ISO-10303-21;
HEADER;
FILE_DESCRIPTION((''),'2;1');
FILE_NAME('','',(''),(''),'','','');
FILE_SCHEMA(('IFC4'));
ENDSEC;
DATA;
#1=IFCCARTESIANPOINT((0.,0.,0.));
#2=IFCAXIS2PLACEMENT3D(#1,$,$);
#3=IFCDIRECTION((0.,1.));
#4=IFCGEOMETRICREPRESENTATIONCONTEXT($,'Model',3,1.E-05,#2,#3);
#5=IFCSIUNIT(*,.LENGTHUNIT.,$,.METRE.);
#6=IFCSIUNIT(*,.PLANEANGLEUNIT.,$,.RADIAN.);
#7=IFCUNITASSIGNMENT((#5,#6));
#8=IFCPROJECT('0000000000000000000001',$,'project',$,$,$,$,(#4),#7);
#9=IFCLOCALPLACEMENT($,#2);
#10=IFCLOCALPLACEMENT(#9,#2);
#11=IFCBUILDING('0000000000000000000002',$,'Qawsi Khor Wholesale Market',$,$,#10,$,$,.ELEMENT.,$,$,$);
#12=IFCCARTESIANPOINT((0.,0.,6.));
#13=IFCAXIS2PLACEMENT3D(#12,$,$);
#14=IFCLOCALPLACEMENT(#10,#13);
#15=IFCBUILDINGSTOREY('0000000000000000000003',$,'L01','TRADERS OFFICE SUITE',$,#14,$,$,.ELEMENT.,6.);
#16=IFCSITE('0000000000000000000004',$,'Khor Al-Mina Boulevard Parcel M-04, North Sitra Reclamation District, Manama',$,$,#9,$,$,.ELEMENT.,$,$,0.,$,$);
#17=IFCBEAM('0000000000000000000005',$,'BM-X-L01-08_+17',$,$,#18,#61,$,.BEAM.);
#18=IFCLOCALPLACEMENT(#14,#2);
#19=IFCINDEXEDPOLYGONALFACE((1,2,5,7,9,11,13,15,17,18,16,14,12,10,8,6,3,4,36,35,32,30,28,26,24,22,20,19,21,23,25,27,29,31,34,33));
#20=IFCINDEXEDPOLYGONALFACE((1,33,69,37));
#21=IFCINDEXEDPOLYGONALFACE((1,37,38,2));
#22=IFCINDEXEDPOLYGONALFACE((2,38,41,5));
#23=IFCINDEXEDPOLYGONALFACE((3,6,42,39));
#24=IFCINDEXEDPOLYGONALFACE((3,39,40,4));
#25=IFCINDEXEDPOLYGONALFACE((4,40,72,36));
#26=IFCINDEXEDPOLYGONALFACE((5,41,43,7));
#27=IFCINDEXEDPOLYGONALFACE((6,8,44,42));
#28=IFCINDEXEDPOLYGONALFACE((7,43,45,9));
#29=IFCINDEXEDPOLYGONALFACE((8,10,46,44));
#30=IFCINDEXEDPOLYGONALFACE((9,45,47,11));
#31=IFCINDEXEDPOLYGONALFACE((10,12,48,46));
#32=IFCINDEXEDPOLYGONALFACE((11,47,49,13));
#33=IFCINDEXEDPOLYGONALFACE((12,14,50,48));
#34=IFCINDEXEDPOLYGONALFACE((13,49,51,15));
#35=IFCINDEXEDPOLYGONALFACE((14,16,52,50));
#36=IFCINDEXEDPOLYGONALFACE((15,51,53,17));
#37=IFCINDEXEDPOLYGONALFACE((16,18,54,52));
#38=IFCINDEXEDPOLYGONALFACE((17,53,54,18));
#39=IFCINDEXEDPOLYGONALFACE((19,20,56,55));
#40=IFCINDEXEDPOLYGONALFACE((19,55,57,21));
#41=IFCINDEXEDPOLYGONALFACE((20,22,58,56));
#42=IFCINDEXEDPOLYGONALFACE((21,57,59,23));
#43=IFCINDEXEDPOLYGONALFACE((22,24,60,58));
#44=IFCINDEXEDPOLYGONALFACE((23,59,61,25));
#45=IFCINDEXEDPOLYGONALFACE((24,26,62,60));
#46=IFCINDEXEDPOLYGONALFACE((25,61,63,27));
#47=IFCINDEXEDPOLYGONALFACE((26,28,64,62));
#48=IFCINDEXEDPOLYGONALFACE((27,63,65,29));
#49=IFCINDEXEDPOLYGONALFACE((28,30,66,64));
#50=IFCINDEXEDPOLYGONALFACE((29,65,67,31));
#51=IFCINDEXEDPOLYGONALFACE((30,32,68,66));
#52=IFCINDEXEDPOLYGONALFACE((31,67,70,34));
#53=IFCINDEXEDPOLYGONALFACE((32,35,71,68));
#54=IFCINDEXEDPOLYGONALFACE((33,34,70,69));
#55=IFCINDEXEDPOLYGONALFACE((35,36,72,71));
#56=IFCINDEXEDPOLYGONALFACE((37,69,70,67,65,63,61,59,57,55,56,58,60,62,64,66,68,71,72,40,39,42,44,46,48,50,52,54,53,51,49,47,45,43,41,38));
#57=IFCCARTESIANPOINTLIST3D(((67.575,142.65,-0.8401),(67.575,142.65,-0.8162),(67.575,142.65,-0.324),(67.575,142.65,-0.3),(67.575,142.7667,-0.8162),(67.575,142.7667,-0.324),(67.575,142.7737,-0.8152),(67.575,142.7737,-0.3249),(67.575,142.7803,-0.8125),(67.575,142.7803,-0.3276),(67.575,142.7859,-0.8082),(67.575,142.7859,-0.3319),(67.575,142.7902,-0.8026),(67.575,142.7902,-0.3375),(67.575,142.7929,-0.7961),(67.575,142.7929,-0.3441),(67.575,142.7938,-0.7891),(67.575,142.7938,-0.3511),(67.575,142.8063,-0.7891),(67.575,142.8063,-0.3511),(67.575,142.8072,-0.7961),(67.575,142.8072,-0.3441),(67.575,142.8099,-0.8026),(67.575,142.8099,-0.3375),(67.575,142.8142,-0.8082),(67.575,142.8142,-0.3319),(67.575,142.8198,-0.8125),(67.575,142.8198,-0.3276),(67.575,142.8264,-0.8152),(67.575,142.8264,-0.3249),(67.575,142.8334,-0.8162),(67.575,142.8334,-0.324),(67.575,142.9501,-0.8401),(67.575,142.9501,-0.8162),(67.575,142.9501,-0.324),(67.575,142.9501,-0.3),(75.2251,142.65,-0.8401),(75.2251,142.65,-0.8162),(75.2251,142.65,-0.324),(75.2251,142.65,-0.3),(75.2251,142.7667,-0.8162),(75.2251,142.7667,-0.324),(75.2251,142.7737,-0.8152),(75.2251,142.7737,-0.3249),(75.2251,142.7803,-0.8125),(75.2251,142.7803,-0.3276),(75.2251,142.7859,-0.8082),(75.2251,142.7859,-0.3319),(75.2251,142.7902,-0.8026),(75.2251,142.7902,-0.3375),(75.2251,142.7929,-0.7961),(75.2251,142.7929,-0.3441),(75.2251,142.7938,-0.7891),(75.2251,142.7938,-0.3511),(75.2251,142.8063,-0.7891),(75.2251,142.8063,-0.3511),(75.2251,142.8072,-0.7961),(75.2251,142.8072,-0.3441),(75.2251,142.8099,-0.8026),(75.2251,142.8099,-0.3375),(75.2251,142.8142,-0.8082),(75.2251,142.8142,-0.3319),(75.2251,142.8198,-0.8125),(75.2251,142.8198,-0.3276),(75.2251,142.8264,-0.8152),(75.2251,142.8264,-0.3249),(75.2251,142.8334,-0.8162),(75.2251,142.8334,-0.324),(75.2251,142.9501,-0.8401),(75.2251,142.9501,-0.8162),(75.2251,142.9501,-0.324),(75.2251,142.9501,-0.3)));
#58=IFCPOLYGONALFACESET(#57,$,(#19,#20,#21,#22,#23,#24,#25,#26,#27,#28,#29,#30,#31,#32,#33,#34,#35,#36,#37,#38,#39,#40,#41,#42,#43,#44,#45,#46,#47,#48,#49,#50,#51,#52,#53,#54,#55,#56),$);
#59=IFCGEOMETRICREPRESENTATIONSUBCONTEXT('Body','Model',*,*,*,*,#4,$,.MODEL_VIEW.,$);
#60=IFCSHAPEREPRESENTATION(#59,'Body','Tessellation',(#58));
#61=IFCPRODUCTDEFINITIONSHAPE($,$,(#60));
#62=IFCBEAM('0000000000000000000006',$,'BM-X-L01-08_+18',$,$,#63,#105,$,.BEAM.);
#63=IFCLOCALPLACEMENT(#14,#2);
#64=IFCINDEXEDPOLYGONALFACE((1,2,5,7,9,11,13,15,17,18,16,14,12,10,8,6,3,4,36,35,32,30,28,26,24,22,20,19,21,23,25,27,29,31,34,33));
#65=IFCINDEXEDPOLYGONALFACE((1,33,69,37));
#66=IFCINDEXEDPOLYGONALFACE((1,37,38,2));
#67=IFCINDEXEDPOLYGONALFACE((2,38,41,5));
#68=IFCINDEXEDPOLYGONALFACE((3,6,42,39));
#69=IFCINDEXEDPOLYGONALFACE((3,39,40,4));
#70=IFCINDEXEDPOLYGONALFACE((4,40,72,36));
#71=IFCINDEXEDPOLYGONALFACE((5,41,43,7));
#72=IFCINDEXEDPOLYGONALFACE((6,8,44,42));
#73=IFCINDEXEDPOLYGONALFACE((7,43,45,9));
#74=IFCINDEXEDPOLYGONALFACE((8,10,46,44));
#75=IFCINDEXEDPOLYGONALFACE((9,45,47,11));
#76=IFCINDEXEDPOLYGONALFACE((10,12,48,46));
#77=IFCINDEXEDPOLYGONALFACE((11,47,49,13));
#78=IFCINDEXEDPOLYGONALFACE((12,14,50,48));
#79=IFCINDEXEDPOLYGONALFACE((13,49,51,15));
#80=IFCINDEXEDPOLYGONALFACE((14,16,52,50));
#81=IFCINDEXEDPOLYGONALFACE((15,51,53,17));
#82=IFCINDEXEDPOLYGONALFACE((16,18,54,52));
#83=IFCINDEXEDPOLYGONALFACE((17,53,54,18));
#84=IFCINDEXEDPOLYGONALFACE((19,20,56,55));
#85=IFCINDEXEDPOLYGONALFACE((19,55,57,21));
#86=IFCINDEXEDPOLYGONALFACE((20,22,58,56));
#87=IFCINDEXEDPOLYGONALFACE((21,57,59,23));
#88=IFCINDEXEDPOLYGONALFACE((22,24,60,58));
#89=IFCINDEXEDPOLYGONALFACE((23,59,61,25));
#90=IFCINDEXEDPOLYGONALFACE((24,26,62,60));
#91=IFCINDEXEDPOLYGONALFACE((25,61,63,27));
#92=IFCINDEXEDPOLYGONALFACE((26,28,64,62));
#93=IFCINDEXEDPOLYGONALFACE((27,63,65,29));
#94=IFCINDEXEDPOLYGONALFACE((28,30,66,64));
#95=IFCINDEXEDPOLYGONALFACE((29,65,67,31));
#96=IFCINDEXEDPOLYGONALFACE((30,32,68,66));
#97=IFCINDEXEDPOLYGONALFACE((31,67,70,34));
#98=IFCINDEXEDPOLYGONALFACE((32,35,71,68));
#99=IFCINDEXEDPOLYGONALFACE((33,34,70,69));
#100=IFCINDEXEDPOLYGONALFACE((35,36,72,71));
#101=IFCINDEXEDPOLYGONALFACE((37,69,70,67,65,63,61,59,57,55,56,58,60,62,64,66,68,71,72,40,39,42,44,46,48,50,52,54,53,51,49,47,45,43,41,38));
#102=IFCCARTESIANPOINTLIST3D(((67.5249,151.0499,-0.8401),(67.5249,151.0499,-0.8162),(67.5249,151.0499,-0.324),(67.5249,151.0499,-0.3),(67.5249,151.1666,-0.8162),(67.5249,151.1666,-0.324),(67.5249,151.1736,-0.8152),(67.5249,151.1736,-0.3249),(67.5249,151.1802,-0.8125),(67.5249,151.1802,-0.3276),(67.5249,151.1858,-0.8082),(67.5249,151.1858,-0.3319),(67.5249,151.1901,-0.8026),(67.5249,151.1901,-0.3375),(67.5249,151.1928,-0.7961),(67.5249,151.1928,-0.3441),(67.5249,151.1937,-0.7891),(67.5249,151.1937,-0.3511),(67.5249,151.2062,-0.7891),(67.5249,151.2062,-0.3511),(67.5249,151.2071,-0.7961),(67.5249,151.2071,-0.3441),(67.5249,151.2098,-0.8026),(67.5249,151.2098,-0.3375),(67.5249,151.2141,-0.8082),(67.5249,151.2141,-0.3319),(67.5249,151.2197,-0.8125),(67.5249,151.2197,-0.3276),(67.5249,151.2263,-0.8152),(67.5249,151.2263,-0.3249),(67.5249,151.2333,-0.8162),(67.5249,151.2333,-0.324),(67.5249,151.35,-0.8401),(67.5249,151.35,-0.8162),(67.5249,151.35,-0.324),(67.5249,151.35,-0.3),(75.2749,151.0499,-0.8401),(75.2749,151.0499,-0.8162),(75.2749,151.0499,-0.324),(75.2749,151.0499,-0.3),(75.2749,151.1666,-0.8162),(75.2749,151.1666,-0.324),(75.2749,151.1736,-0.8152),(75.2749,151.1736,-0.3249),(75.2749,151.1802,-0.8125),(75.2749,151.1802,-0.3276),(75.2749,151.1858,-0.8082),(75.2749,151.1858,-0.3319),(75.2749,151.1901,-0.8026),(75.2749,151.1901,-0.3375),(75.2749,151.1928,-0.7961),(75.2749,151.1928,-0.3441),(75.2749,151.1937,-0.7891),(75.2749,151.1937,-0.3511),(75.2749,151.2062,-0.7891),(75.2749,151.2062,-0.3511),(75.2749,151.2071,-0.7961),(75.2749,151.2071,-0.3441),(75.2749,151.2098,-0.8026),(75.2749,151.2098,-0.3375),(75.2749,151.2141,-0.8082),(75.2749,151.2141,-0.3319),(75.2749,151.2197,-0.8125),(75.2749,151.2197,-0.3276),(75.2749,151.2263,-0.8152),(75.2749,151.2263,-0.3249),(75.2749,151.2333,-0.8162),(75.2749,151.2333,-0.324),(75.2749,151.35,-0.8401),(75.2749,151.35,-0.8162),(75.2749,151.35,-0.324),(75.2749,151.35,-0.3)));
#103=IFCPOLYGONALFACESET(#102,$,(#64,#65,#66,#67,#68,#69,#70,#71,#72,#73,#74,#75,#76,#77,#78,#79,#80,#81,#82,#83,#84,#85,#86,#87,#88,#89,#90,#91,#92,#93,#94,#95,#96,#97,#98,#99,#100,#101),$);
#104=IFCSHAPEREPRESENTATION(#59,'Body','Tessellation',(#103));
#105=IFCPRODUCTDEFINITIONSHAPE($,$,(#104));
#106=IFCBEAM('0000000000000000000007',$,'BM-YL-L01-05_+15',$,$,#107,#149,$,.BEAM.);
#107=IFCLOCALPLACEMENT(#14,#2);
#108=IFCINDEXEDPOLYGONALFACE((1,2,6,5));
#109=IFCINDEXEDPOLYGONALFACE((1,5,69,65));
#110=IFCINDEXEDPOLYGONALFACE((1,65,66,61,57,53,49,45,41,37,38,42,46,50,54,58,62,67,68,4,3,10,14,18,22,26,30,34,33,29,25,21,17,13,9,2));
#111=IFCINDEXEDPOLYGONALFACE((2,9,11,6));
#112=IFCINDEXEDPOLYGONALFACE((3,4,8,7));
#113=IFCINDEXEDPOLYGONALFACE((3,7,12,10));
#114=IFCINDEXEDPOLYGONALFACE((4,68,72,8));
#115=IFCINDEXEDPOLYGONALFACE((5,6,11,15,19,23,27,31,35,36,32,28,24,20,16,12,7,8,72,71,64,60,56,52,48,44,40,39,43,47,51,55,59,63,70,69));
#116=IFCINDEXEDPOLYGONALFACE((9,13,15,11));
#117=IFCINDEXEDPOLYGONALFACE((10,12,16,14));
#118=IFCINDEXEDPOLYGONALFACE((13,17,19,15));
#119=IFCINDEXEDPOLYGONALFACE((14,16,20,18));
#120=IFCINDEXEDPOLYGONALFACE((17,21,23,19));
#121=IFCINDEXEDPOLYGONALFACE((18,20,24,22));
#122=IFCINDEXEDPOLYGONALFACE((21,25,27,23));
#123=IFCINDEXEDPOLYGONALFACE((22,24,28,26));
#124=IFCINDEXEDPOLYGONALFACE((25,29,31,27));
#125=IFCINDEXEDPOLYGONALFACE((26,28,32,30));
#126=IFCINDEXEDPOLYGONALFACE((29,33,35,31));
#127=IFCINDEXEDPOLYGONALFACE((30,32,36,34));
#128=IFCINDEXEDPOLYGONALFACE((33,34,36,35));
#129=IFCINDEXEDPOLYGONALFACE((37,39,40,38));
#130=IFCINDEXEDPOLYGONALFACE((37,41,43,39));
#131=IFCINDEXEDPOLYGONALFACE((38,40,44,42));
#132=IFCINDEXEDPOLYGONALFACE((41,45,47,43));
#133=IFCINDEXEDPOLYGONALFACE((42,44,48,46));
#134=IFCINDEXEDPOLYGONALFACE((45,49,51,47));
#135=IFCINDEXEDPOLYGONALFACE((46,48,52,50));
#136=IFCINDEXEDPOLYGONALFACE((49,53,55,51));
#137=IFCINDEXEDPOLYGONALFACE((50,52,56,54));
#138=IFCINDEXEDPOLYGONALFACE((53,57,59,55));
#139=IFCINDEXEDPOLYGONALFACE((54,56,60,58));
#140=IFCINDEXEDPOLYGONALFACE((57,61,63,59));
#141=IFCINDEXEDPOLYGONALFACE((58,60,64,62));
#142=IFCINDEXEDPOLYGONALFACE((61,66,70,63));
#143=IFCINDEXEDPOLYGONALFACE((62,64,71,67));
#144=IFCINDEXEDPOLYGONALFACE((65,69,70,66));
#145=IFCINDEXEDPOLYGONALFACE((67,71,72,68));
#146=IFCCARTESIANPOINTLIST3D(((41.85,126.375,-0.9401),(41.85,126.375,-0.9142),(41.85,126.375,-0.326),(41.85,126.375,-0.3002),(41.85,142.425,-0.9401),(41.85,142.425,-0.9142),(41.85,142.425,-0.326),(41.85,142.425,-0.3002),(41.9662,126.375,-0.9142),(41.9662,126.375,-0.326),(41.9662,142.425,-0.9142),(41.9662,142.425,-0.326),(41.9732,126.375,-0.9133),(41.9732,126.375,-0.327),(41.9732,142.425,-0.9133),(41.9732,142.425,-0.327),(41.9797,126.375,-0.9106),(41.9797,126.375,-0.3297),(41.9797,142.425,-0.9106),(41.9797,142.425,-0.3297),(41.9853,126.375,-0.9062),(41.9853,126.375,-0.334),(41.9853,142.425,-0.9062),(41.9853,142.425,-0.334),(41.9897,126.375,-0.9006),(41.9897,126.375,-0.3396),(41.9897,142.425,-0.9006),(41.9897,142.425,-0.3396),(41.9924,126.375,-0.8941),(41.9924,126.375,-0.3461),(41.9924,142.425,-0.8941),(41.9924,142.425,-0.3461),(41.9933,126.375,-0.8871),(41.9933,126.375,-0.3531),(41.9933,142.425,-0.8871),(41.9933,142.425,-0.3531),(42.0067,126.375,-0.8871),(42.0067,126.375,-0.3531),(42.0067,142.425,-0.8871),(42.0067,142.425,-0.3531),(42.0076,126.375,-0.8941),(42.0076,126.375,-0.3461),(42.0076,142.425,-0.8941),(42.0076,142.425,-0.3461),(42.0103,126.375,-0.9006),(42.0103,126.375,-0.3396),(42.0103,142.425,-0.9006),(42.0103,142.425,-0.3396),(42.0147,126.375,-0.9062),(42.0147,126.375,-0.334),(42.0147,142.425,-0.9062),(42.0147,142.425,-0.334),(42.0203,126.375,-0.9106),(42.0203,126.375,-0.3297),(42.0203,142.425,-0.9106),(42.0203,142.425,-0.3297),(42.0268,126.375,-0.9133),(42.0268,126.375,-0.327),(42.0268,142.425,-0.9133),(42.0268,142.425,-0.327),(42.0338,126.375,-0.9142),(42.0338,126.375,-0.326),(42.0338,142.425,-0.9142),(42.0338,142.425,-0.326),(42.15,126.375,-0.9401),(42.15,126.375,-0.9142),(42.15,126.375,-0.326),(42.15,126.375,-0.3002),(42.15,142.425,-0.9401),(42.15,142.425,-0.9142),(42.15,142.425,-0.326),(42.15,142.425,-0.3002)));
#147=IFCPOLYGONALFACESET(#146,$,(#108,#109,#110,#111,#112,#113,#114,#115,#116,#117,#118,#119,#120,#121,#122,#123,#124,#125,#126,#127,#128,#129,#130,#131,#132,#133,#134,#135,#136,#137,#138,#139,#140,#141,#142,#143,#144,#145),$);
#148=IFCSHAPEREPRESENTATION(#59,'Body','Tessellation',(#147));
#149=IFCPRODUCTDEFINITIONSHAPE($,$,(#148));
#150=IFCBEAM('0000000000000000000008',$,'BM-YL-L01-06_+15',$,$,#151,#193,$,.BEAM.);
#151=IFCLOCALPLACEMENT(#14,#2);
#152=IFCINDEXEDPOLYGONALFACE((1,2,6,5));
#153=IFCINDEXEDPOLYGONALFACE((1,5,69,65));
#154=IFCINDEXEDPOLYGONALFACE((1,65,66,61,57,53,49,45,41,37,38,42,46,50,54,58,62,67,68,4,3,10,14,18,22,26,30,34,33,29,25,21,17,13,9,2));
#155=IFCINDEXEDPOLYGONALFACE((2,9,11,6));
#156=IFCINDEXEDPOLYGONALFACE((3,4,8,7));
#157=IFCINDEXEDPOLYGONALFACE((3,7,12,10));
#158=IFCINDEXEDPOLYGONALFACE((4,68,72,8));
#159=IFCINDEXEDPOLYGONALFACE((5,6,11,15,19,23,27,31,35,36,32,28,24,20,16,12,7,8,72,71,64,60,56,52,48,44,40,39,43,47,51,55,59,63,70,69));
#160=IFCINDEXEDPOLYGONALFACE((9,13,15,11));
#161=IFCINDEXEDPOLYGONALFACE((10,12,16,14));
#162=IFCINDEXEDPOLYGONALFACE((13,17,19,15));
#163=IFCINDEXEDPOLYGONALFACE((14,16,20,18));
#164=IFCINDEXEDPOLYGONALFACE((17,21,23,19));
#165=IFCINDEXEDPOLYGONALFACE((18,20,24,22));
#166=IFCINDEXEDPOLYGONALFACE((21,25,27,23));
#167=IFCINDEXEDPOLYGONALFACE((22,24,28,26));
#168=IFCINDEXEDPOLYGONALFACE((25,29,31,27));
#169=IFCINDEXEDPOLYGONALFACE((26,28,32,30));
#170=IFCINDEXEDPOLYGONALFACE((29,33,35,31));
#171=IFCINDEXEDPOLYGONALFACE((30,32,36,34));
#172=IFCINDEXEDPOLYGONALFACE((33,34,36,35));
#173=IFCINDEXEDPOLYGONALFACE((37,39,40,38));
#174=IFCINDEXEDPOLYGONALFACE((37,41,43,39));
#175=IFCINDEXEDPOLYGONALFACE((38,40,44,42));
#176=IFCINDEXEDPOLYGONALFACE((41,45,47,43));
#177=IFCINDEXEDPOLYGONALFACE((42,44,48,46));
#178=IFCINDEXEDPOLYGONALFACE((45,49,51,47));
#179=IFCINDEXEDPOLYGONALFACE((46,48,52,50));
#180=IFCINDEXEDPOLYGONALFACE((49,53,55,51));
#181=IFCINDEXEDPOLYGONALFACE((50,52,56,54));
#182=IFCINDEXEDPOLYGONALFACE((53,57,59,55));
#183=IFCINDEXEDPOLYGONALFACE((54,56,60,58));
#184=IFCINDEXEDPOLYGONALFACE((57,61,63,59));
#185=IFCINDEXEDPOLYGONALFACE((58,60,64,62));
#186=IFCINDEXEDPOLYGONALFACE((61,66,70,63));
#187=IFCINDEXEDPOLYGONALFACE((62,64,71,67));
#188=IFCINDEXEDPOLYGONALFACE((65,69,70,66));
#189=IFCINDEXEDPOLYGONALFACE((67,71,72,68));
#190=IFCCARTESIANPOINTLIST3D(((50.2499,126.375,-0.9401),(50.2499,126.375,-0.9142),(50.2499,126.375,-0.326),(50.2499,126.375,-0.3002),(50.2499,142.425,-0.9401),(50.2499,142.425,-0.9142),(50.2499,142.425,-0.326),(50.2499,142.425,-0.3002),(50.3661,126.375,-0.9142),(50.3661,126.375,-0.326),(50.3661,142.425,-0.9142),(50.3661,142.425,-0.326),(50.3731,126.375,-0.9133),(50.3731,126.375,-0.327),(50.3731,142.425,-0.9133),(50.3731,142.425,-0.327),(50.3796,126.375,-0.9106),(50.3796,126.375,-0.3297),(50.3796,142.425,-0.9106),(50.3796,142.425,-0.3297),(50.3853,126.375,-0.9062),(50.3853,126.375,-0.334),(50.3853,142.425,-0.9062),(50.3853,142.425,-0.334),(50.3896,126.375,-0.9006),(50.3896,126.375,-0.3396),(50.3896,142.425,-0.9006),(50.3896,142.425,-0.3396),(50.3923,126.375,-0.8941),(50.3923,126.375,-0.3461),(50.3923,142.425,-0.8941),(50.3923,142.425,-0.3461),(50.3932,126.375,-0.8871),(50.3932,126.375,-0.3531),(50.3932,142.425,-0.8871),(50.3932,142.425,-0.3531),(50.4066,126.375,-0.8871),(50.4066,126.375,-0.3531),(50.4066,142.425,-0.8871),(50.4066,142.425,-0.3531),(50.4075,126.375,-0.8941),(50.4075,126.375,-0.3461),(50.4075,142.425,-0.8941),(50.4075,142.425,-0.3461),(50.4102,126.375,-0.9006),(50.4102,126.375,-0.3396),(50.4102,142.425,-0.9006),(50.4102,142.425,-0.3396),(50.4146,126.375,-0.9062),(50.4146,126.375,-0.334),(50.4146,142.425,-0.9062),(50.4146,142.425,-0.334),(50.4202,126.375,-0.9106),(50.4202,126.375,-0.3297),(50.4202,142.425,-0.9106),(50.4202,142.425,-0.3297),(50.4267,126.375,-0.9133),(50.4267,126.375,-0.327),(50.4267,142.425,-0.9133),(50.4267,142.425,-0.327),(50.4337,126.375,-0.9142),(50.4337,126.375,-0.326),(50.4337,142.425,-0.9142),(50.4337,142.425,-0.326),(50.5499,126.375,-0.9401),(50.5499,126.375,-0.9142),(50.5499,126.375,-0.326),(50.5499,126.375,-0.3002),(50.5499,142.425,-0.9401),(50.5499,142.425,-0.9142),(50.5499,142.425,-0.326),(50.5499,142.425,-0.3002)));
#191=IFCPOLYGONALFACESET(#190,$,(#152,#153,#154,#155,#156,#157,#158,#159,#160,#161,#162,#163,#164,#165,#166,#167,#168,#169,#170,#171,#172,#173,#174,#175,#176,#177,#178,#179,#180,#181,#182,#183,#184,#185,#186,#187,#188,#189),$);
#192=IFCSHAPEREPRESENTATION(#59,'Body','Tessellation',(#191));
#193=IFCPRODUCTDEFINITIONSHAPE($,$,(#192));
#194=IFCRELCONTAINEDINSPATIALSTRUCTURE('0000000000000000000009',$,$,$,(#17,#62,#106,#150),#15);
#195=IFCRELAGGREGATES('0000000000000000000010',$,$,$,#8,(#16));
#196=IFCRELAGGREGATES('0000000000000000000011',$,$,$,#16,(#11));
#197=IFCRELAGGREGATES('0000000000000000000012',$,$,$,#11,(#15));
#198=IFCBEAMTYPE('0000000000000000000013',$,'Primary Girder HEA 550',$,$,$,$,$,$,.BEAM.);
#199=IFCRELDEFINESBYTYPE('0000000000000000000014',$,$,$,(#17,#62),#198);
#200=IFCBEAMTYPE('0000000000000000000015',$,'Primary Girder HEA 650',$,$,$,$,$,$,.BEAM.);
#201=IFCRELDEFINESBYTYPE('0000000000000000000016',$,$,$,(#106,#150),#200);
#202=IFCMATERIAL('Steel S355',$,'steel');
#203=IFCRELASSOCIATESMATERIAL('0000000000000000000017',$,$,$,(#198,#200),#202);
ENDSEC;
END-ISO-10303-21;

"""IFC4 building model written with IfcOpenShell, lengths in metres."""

from ifc_helpers import new_model, si_unit, direction, frame, origin, origin_2d, place, context, subcontext, project, spatial, i_section, extrude, material, material_profile, profile_set, type_object, element, save


model = new_model("IFC4")

# Units and contexts
model_context = context("Model", 3, precision=1e-05, world=origin(), true_north=direction((0.0, 1.0)))
body_context = subcontext(model_context, "Body", "Model", "MODEL_VIEW")
ifc_project = project(units=[si_unit("LENGTHUNIT", "METRE"), si_unit("PLANEANGLEUNIT", "RADIAN")], contexts=[model_context])

# Site, building, storey
site_placement = place(None, origin())
site = spatial("IfcSite", under=ifc_project, at=site_placement, Name="Khor Al-Mina Boulevard Parcel M-04, North Sitra Reclamation District, Manama", CompositionType="ELEMENT", RefElevation=0.0)
building_placement = place(site_placement, origin())
building = spatial("IfcBuilding", under=site, at=building_placement, Name="Qawsi Khor Wholesale Market", CompositionType="ELEMENT")
storey_placement = place(building_placement, frame((0.0, 0.0, 6.0)))
storey = spatial("IfcBuildingStorey", under=building, at=storey_placement, Name="L01", Description="TRADERS OFFICE SUITE", CompositionType="ELEMENT", Elevation=6.0)

# Beams
ifc_material_1 = material(Name="Steel S355", Category="steel")
ifc_material_profile_1 = material_profile(ifc_material_1, i_section(OverallWidth=0.3, OverallDepth=0.54, WebThickness=0.0125, FlangeThickness=0.0239, FilletRadius=0.0271, at=origin_2d()), Name="HEA 550")
ifc_profile_set_1 = profile_set([ifc_material_profile_1], Name="Steel S355")
beam_type_1 = type_object("IfcBeamType", Name="Primary Girder HEA 550", PredefinedType="BEAM", material=ifc_profile_set_1)
for number, where, z_axis, x_axis, name in (
    (1, (67.575, 142.8, -0.5701), (1.0, 0.0, 0.0), (0.0, 1.0, 0.0), "BM-X-L01-08_+17"),
):
    element("IfcBeam", number, at=place(storey_placement, frame(where, z_axis=z_axis, x_axis=x_axis)), inside=storey, type_object=beam_type_1, Name=name, PredefinedType="BEAM", context=body_context, shape_type="SweptSolid", body=[
        extrude(i_section(OverallWidth=0.3, OverallDepth=0.54, WebThickness=0.0125, FlangeThickness=0.0239, FilletRadius=0.0271, at=origin_2d()), origin(), (0.0, 0.0, 1.0), 7.6501),
    ])
beam_1_placement = place(storey_placement, frame((67.5249, 151.2, -0.5701), z_axis=(1.0, 0.0, 0.0), x_axis=(0.0, 1.0, 0.0)))
element("IfcBeam", 2, at=beam_1_placement, inside=storey, type_object=beam_type_1, Name="BM-X-L01-08_+18", PredefinedType="BEAM", context=body_context, shape_type="SweptSolid", body=[
    extrude(i_section(OverallWidth=0.3, OverallDepth=0.54, WebThickness=0.0125, FlangeThickness=0.0239, FilletRadius=0.0271, at=origin_2d()), origin(), (0.0, 0.0, 1.0), 7.75),
])
ifc_material_profile_2 = material_profile(ifc_material_1, i_section(OverallWidth=0.3, OverallDepth=0.6399, WebThickness=0.0134, FlangeThickness=0.0259, FilletRadius=0.0271, at=origin_2d()), Name="HEA 650")
ifc_profile_set_2 = profile_set([ifc_material_profile_2], Name="Steel S355")
beam_type_2 = type_object("IfcBeamType", Name="Primary Girder HEA 650", PredefinedType="BEAM", material=ifc_profile_set_2)
for number, where, z_axis, x_axis, name in (
    (3, (42.0, 126.375, -0.6201), (0.0, 1.0, 0.0), (-1.0, 0.0, 0.0), "BM-YL-L01-05_+15"),
    (4, (50.3999, 126.375, -0.6201), (0.0, 1.0, 0.0), (-1.0, 0.0, 0.0), "BM-YL-L01-06_+15"),
):
    element("IfcBeam", number, at=place(storey_placement, frame(where, z_axis=z_axis, x_axis=x_axis)), inside=storey, type_object=beam_type_2, Name=name, PredefinedType="BEAM", context=body_context, shape_type="SweptSolid", body=[
        extrude(i_section(OverallWidth=0.3, OverallDepth=0.6399, WebThickness=0.0134, FlangeThickness=0.0259, FilletRadius=0.0271, at=origin_2d()), origin(), (0.0, 0.0, 1.0), 16.05),
    ])

save(model, "model.ifc")
